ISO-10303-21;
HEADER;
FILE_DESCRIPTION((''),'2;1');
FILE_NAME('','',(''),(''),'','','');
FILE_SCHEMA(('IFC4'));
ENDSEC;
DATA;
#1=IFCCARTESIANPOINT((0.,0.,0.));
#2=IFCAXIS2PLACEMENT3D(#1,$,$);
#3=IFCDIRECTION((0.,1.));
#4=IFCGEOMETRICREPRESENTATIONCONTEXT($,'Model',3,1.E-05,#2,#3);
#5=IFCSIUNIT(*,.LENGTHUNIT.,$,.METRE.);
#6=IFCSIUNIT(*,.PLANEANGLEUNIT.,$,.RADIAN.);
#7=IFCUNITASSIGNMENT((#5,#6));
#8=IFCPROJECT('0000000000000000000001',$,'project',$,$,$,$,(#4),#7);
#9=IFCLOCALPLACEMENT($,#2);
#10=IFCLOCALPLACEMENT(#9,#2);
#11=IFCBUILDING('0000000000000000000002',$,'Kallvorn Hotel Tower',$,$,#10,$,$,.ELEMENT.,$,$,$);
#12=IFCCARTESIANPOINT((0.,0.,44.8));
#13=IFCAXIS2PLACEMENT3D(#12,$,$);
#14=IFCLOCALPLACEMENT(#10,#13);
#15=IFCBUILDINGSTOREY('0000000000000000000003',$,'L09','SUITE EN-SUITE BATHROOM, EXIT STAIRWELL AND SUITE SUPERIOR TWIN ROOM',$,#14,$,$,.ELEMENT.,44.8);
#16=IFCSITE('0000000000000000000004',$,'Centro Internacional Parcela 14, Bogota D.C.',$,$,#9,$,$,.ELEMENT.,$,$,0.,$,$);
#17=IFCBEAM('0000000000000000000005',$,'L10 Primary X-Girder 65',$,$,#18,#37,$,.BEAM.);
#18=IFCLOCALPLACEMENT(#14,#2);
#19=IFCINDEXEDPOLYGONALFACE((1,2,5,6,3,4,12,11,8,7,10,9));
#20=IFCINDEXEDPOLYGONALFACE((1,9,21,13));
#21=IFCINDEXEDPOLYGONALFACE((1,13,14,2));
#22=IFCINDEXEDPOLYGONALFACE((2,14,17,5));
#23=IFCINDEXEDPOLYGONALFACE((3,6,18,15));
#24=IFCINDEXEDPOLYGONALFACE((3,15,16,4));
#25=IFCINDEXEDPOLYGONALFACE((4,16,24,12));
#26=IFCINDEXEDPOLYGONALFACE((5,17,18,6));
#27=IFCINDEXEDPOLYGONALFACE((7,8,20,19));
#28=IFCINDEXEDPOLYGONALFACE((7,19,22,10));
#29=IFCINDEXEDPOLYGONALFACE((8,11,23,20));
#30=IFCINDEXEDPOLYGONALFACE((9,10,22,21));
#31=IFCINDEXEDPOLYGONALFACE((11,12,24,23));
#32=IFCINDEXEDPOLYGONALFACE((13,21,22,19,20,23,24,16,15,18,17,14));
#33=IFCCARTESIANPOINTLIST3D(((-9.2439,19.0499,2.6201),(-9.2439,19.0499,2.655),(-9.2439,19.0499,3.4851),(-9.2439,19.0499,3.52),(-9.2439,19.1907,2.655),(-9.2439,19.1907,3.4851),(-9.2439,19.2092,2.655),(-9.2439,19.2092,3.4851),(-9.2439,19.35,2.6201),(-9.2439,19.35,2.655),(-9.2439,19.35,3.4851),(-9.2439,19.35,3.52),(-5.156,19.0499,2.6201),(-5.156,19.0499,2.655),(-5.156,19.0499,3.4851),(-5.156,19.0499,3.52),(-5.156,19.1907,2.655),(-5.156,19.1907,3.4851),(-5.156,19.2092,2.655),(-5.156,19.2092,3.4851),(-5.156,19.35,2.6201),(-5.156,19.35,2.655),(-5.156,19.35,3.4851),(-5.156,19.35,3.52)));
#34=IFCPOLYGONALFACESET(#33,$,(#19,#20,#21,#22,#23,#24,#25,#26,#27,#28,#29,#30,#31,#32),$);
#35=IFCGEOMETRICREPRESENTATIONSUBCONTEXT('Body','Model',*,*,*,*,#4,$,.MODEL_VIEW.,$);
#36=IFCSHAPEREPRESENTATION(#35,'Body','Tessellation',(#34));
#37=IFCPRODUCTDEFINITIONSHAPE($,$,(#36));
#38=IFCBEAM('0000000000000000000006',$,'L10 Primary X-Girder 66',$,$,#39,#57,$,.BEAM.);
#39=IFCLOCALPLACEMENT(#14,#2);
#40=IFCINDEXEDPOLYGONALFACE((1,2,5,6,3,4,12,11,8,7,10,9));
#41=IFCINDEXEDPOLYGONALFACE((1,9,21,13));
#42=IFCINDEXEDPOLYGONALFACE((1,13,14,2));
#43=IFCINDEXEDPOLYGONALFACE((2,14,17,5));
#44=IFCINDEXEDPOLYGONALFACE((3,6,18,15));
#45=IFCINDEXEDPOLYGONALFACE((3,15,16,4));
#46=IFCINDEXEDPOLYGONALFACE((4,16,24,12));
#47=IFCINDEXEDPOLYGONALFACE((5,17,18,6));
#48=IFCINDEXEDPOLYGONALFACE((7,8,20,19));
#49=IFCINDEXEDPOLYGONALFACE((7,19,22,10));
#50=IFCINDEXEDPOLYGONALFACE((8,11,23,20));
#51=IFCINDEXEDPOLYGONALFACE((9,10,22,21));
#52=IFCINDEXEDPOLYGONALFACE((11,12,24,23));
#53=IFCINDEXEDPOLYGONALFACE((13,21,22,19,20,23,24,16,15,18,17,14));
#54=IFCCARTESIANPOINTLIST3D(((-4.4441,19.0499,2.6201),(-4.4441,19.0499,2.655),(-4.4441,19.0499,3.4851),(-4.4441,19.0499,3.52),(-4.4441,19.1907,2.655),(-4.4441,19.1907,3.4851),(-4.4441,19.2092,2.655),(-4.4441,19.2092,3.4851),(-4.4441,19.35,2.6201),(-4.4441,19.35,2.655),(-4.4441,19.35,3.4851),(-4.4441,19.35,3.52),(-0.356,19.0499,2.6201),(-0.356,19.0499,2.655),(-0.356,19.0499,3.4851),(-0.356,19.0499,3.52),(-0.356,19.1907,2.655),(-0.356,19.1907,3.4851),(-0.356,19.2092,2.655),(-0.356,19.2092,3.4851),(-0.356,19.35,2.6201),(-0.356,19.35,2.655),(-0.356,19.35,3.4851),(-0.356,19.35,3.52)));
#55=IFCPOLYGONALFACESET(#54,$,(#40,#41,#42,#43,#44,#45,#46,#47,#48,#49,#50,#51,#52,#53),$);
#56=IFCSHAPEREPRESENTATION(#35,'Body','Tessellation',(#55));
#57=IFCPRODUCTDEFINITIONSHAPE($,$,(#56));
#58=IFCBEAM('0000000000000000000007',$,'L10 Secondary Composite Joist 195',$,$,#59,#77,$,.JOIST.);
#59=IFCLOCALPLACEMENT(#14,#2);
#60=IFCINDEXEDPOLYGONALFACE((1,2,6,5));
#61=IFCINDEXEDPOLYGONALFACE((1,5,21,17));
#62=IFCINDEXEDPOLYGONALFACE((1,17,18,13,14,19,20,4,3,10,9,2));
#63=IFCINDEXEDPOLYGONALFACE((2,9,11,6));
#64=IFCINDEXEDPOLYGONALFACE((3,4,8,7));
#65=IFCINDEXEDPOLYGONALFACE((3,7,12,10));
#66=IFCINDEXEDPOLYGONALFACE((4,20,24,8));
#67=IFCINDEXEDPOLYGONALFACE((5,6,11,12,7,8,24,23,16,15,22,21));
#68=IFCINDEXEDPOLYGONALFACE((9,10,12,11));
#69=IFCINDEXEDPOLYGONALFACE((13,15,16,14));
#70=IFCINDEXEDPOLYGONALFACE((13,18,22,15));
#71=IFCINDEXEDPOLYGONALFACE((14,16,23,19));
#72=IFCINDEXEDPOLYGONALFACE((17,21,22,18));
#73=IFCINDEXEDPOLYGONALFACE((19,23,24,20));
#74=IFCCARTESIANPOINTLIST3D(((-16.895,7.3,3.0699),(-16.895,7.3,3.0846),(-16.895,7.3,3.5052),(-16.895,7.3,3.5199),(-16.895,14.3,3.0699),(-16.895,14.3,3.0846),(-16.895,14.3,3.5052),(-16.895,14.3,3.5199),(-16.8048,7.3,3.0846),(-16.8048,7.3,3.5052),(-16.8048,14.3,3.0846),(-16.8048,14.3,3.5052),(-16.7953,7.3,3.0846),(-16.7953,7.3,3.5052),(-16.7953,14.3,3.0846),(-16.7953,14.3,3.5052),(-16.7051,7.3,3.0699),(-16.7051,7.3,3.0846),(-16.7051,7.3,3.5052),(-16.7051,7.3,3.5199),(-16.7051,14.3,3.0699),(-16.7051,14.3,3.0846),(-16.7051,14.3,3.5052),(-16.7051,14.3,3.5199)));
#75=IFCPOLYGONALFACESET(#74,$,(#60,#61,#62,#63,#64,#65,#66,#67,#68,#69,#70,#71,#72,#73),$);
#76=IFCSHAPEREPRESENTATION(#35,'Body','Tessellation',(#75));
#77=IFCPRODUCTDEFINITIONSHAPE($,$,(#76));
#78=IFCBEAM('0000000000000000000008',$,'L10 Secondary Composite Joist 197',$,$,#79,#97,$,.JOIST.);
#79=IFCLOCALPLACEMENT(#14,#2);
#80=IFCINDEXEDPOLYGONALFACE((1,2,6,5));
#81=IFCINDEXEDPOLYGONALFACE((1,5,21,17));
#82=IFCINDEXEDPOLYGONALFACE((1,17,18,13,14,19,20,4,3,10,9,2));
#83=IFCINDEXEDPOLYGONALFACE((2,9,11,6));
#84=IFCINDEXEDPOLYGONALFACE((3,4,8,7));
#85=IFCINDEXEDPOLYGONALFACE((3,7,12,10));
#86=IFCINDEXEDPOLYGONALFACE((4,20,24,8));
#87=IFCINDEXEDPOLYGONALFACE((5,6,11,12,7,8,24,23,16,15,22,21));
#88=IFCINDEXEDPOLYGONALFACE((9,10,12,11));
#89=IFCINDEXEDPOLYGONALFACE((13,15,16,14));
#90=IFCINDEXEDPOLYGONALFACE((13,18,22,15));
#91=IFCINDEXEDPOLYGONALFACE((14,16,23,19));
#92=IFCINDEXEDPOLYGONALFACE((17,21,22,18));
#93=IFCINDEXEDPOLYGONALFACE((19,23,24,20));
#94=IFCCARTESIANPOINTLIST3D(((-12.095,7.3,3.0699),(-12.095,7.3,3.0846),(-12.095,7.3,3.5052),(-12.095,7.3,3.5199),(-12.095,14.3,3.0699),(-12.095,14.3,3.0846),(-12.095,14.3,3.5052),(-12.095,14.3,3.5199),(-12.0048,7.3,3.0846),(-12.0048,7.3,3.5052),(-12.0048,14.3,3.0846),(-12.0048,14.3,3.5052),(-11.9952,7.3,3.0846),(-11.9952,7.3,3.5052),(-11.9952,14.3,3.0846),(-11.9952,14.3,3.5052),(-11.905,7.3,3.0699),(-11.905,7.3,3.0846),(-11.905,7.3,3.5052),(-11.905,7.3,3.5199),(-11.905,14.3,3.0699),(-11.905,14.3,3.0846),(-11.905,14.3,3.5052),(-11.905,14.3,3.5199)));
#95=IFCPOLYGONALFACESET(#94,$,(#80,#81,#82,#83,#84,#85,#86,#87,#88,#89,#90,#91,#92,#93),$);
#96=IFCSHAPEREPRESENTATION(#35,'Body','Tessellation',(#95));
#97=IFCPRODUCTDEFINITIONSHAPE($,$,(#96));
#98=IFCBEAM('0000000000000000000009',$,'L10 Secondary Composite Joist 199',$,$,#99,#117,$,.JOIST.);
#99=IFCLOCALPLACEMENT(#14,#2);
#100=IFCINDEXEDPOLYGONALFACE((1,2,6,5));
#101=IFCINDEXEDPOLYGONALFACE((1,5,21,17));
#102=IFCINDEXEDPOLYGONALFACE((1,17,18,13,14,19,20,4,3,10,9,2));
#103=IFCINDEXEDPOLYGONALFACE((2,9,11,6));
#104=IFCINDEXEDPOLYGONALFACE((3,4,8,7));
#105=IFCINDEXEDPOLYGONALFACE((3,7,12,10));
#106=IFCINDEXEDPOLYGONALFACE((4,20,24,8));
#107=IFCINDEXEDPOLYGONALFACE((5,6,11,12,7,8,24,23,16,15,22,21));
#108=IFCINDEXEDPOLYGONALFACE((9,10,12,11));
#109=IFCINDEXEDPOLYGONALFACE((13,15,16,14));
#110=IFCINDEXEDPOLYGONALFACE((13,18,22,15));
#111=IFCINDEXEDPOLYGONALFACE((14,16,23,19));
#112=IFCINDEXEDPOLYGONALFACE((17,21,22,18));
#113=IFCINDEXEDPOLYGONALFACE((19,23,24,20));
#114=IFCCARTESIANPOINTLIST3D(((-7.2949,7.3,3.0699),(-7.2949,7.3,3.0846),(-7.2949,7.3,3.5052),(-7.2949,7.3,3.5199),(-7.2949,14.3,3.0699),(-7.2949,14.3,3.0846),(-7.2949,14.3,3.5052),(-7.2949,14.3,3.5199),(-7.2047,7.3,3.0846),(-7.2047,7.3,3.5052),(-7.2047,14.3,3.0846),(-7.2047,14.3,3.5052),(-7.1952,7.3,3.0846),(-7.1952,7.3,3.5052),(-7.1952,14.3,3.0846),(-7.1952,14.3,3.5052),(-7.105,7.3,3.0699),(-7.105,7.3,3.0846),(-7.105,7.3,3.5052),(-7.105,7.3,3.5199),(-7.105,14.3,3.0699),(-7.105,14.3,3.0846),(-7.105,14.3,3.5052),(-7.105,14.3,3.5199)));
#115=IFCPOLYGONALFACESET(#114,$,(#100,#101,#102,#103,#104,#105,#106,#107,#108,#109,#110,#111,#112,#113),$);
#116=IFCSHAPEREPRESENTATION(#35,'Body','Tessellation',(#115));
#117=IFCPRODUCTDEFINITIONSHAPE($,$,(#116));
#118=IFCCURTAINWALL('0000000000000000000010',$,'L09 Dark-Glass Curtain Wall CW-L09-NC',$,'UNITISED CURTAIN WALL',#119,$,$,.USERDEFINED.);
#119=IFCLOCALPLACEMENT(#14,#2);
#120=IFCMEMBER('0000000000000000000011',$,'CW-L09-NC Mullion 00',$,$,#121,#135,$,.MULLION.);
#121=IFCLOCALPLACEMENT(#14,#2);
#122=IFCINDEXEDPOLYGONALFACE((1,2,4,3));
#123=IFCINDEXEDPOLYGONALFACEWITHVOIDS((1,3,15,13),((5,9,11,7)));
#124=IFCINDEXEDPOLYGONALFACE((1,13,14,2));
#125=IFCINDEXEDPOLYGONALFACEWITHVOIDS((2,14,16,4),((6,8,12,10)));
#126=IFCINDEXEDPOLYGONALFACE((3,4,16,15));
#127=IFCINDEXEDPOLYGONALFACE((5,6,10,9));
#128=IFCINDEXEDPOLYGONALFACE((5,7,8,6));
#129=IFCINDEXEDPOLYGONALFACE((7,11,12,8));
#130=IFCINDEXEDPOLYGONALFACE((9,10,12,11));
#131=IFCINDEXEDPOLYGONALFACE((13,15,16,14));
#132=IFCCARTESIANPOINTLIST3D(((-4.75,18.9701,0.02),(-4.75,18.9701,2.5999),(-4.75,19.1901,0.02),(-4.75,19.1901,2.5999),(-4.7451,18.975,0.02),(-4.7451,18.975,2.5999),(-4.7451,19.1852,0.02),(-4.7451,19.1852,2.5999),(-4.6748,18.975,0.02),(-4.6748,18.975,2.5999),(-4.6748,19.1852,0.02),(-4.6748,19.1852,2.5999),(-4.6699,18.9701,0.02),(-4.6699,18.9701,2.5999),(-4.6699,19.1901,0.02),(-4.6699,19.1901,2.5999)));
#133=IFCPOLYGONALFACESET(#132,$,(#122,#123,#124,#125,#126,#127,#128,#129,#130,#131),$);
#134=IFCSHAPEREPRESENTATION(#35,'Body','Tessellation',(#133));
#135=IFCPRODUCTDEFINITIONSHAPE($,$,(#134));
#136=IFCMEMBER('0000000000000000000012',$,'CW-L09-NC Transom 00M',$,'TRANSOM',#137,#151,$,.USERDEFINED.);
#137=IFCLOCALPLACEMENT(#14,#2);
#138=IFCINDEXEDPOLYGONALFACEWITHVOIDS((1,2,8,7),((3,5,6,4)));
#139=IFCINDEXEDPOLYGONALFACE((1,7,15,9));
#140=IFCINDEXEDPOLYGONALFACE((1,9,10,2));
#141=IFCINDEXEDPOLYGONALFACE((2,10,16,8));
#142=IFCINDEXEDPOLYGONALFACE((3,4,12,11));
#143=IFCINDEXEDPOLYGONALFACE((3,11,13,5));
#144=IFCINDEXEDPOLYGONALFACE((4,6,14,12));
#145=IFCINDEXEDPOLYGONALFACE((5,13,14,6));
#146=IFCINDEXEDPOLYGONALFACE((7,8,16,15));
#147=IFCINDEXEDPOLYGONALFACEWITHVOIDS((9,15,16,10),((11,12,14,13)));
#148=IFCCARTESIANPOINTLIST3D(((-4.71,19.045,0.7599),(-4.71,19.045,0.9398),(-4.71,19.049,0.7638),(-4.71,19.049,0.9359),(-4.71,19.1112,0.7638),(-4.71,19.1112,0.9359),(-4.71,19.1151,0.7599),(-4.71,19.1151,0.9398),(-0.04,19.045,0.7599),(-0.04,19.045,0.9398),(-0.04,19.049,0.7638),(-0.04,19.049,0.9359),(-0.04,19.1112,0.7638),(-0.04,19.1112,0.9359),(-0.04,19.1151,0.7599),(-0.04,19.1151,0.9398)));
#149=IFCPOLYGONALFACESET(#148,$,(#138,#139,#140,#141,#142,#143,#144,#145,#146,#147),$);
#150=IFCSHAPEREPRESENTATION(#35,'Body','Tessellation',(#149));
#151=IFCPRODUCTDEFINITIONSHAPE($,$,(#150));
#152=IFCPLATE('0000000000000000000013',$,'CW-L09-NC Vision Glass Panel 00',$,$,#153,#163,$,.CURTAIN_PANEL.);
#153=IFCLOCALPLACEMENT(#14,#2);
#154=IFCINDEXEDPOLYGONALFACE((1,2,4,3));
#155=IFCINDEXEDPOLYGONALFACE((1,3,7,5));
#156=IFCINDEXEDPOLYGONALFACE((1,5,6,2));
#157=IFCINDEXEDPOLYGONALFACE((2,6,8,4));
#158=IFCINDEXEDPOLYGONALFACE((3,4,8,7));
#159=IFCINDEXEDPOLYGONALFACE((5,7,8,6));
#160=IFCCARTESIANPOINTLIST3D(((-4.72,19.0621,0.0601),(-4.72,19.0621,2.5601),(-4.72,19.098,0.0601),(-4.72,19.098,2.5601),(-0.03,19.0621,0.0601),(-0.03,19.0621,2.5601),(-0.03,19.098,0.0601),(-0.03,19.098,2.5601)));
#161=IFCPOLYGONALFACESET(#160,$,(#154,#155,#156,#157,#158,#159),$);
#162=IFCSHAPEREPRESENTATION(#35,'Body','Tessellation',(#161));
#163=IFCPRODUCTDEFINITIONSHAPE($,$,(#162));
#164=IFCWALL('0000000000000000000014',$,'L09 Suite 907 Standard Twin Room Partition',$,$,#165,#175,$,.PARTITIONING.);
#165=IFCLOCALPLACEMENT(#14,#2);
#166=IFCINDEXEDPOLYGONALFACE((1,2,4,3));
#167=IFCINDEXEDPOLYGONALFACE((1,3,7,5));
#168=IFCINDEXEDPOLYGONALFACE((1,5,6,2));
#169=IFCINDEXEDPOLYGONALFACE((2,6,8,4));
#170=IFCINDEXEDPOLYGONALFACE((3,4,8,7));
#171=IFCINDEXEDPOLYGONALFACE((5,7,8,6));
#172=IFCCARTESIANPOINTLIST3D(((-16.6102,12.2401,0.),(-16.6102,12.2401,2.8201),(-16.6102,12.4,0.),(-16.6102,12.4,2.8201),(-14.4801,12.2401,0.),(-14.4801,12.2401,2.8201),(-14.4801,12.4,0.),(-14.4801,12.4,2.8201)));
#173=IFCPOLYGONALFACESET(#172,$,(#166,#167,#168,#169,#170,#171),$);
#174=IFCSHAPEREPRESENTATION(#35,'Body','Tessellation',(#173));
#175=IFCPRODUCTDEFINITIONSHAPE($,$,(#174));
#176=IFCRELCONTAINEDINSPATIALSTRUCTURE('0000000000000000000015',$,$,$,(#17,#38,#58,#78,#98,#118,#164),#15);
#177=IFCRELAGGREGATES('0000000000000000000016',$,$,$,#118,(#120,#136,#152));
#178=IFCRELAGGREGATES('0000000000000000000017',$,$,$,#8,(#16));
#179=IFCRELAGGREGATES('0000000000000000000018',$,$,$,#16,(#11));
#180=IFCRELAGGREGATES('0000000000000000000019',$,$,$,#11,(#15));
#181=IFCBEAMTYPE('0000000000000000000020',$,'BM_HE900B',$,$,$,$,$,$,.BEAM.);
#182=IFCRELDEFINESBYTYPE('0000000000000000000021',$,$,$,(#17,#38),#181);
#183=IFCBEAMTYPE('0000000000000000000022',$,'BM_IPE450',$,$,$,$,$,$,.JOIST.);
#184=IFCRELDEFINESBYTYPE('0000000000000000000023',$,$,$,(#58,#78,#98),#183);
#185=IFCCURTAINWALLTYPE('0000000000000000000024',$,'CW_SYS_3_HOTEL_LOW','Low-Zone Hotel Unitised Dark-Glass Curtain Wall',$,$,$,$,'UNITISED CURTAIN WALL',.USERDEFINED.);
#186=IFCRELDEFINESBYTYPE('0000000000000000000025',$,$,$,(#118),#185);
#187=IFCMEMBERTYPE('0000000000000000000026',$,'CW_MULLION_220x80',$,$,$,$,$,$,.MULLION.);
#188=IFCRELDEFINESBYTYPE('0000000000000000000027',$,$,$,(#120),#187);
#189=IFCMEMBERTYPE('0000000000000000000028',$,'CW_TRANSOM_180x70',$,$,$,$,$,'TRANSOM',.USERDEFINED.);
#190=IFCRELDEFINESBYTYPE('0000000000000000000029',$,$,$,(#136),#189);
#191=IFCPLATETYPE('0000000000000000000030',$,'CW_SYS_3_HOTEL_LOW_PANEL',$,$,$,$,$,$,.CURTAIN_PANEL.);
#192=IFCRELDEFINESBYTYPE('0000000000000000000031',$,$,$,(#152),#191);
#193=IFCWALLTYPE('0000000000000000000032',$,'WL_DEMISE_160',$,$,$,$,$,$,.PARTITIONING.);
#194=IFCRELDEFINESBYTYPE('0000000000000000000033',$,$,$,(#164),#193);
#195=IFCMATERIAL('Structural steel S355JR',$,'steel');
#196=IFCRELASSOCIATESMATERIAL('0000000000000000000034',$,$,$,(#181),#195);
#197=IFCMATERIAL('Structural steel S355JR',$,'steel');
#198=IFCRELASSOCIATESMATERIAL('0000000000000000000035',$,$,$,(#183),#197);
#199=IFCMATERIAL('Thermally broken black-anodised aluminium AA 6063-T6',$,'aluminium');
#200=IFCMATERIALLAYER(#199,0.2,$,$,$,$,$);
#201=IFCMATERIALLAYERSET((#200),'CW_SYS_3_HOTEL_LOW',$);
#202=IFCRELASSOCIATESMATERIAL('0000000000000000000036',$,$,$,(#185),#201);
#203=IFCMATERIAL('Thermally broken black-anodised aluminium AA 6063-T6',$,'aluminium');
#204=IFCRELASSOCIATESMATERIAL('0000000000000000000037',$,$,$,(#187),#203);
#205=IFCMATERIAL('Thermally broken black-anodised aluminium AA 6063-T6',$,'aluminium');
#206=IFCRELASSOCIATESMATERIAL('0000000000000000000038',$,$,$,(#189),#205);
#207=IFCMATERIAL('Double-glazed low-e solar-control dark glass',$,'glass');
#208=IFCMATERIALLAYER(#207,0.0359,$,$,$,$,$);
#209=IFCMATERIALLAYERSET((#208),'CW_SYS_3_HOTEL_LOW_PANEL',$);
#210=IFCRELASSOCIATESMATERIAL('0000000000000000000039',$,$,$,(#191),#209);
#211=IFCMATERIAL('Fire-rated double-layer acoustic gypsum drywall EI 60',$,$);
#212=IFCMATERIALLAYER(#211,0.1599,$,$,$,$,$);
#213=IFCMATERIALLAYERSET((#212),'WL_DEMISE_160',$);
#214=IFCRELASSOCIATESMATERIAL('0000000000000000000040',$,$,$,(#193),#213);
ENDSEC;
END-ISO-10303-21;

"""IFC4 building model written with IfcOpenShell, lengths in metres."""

from ifc_helpers import new_model, si_unit, direction, frame, frame_2d, origin, origin_2d, place, context, subcontext, project, spatial, rectangle, hollow_rectangle, i_section, extrude, material, layer, layer_set, material_profile, profile_set, type_object, element, aggregate, save


model = new_model("IFC4")

# Units and contexts
model_context = context("Model", 3, precision=1e-05, world=origin(), true_north=direction((0.0, 1.0)))
body_context = subcontext(model_context, "Body", "Model", "MODEL_VIEW")
ifc_project = project(units=[si_unit("LENGTHUNIT", "METRE"), si_unit("PLANEANGLEUNIT", "RADIAN")], contexts=[model_context])

# Site, building, storey
site_placement = place(None, origin())
site = spatial("IfcSite", under=ifc_project, at=site_placement, Name="Centro Internacional Parcela 14, Bogota D.C.", CompositionType="ELEMENT", RefElevation=0.0)
building_placement = place(site_placement, origin())
building = spatial("IfcBuilding", under=site, at=building_placement, Name="Kallvorn Hotel Tower", CompositionType="ELEMENT")
storey_placement = place(building_placement, frame((0.0, 0.0, 44.8)))
storey = spatial("IfcBuildingStorey", under=building, at=storey_placement, Name="L09", Description="SUITE EN-SUITE BATHROOM, EXIT STAIRWELL AND SUITE SUPERIOR TWIN ROOM", CompositionType="ELEMENT", Elevation=44.8)

# Beams
ifc_material_1 = material(Name="Structural steel S355JR", Category="steel")
ifc_material_profile_1 = material_profile(ifc_material_1, i_section(OverallWidth=0.3, OverallDepth=0.8999, WebThickness=0.0186, FlangeThickness=0.0349, at=origin_2d()), Name="HE 900 B")
ifc_profile_set_1 = profile_set([ifc_material_profile_1], Name="Structural steel S355JR")
beam_type_1 = type_object("IfcBeamType", Name="BM_HE900B", PredefinedType="BEAM", material=ifc_profile_set_1)
for number, where, z_axis, x_axis, name in (
    (1, (-9.2439, 19.2, 3.0701), (1.0, 0.0, 0.0), (0.0, 1.0, 0.0), "L10 Primary X-Girder 65"),
):
    element("IfcBeam", number, at=place(storey_placement, frame(where, z_axis=z_axis, x_axis=x_axis)), inside=storey, type_object=beam_type_1, Name=name, PredefinedType="BEAM", context=body_context, shape_type="SweptSolid", body=[
        extrude(i_section(OverallWidth=0.3, OverallDepth=0.8999, WebThickness=0.0186, FlangeThickness=0.0349, at=origin_2d()), origin(), (0.0, 0.0, 1.0), 4.0879),
    ])
beam_1_placement = place(storey_placement, frame((-4.4441, 19.2, 3.0701), z_axis=(1.0, 0.0, 0.0), x_axis=(0.0, 1.0, 0.0)))
element("IfcBeam", 2, at=beam_1_placement, inside=storey, type_object=beam_type_1, Name="L10 Primary X-Girder 66", PredefinedType="BEAM", context=body_context, shape_type="SweptSolid", body=[
    extrude(i_section(OverallWidth=0.3, OverallDepth=0.8999, WebThickness=0.0186, FlangeThickness=0.0349, at=origin_2d()), origin(), (0.0, 0.0, 1.0), 4.0881),
])
ifc_material_2 = material(Name="Structural steel S355JR", Category="steel")
ifc_material_profile_2 = material_profile(ifc_material_2, i_section(OverallWidth=0.1899, OverallDepth=0.45, WebThickness=0.0095, FlangeThickness=0.0146, at=origin_2d()), Name="IPE 450")
ifc_profile_set_2 = profile_set([ifc_material_profile_2], Name="Structural steel S355JR")
beam_type_2 = type_object("IfcBeamType", Name="BM_IPE450", PredefinedType="JOIST", material=ifc_profile_set_2)
for number, where, z_axis, x_axis, name in (
    (3, (-16.8, 7.3, 3.2949), (0.0, 1.0, 0.0), (-1.0, 0.0, 0.0), "L10 Secondary Composite Joist 195"),
    (4, (-12.0, 7.3, 3.2949), (0.0, 1.0, 0.0), (-1.0, 0.0, 0.0), "L10 Secondary Composite Joist 197"),
    (5, (-7.2, 7.3, 3.2949), (0.0, 1.0, 0.0), (-1.0, 0.0, 0.0), "L10 Secondary Composite Joist 199"),
):
    element("IfcBeam", number, at=place(storey_placement, frame(where, z_axis=z_axis, x_axis=x_axis)), inside=storey, type_object=beam_type_2, Name=name, PredefinedType="JOIST", context=body_context, shape_type="SweptSolid", body=[
        extrude(i_section(OverallWidth=0.1899, OverallDepth=0.45, WebThickness=0.0095, FlangeThickness=0.0146, at=origin_2d()), origin(), (0.0, 0.0, 1.0), 7.0),
    ])

# Curtain wall, members, plate
ifc_material_3 = material(Name="Thermally broken black-anodised aluminium AA 6063-T6", Category="aluminium")
ifc_layer_1 = layer(ifc_material_3, 0.2)
ifc_layer_set_1 = layer_set([ifc_layer_1], Name="CW_SYS_3_HOTEL_LOW")
curtain_wall_type = type_object("IfcCurtainWallType", Name="CW_SYS_3_HOTEL_LOW", Description="Low-Zone Hotel Unitised Dark-Glass Curtain Wall", ElementType="UNITISED CURTAIN WALL", PredefinedType="USERDEFINED", material=ifc_layer_set_1)
curtain_wall_placement = place(storey_placement, origin())
curtain_wall = element("IfcCurtainWall", 6, at=curtain_wall_placement, inside=storey, type_object=curtain_wall_type, Name="L09 Dark-Glass Curtain Wall CW-L09-NC", ObjectType="UNITISED CURTAIN WALL", PredefinedType="USERDEFINED")
ifc_material_4 = material(Name="Thermally broken black-anodised aluminium AA 6063-T6", Category="aluminium")
ifc_material_profile_3 = material_profile(ifc_material_4, hollow_rectangle(XDim=0.0801, YDim=0.22, WallThickness=0.0049, at=origin_2d()), Name="MUL 220x80")
ifc_profile_set_3 = profile_set([ifc_material_profile_3], Name="Thermally broken black-anodised aluminium AA 6063-T6")
member_type_1 = type_object("IfcMemberType", Name="CW_MULLION_220x80", PredefinedType="MULLION", material=ifc_profile_set_3)
member_1_placement = place(storey_placement, frame((-4.71, 19.0801, 0.02), z_axis=(0.0, 0.0, 1.0), x_axis=(1.0, 0.0, 0.0)))
member_1 = element("IfcMember", 7, at=member_1_placement, type_object=member_type_1, Name="CW-L09-NC Mullion 00", PredefinedType="MULLION", context=body_context, shape_type="SweptSolid", body=[
    extrude(hollow_rectangle(XDim=0.0801, YDim=0.22, WallThickness=0.0049, at=origin_2d()), origin(), (0.0, 0.0, 1.0), 2.5798),
])
ifc_material_5 = material(Name="Thermally broken black-anodised aluminium AA 6063-T6", Category="aluminium")
ifc_material_profile_4 = material_profile(ifc_material_5, hollow_rectangle(XDim=0.0701, YDim=0.1799, WallThickness=0.0039, at=origin_2d()), Name="TRN 180x70")
ifc_profile_set_4 = profile_set([ifc_material_profile_4], Name="Thermally broken black-anodised aluminium AA 6063-T6")
member_type_2 = type_object("IfcMemberType", Name="CW_TRANSOM_180x70", ElementType="TRANSOM", PredefinedType="USERDEFINED", material=ifc_profile_set_4)
member_2_placement = place(storey_placement, frame((-4.71, 19.0801, 0.8499), z_axis=(1.0, 0.0, 0.0), x_axis=(0.0, 1.0, 0.0)))
member_2 = element("IfcMember", 8, at=member_2_placement, type_object=member_type_2, Name="CW-L09-NC Transom 00M", ObjectType="TRANSOM", PredefinedType="USERDEFINED", context=body_context, shape_type="SweptSolid", body=[
    extrude(hollow_rectangle(XDim=0.0701, YDim=0.1799, WallThickness=0.0039, at=origin_2d()), origin(), (0.0, 0.0, 1.0), 4.6699),
])
ifc_material_6 = material(Name="Double-glazed low-e solar-control dark glass", Category="glass")
ifc_layer_2 = layer(ifc_material_6, 0.0359)
ifc_layer_set_2 = layer_set([ifc_layer_2], Name="CW_SYS_3_HOTEL_LOW_PANEL")
plate_type = type_object("IfcPlateType", Name="CW_SYS_3_HOTEL_LOW_PANEL", PredefinedType="CURTAIN_PANEL", material=ifc_layer_set_2)
plate_placement = place(storey_placement, frame((-2.375, 19.0801, 0.0601), z_axis=(0.0, 0.0, 1.0), x_axis=(1.0, 0.0, 0.0)))
plate = element("IfcPlate", 9, at=plate_placement, type_object=plate_type, Name="CW-L09-NC Vision Glass Panel 00", PredefinedType="CURTAIN_PANEL", context=body_context, shape_type="SweptSolid", body=[
    extrude(rectangle(XDim=4.6899, YDim=0.0359, at=origin_2d()), origin(), (0.0, 0.0, 1.0), 2.5),
])
aggregate(curtain_wall, [member_1, member_2, plate])

# Wall
ifc_material_7 = material(Name="Fire-rated double-layer acoustic gypsum drywall EI 60")
ifc_layer_3 = layer(ifc_material_7, 0.1599)
ifc_layer_set_3 = layer_set([ifc_layer_3], Name="WL_DEMISE_160")
wall_type = type_object("IfcWallType", Name="WL_DEMISE_160", PredefinedType="PARTITIONING", material=ifc_layer_set_3)
wall_1_placement = place(storey_placement, frame((-16.6101, 12.3201, 0.0), z_axis=(0.0, 0.0, 1.0), x_axis=(1.0, 0.0, 0.0)))
element("IfcWall", 10, at=wall_1_placement, inside=storey, type_object=wall_type, Name="L09 Suite 907 Standard Twin Room Partition", PredefinedType="PARTITIONING", context=body_context, shape_type="SweptSolid", body=[
    extrude(rectangle(XDim=2.1301, YDim=0.1599, at=frame_2d((1.0649, 0.0))), origin(), (0.0, 0.0, 1.0), 2.8201),
])

save(model, "model.ifc")
